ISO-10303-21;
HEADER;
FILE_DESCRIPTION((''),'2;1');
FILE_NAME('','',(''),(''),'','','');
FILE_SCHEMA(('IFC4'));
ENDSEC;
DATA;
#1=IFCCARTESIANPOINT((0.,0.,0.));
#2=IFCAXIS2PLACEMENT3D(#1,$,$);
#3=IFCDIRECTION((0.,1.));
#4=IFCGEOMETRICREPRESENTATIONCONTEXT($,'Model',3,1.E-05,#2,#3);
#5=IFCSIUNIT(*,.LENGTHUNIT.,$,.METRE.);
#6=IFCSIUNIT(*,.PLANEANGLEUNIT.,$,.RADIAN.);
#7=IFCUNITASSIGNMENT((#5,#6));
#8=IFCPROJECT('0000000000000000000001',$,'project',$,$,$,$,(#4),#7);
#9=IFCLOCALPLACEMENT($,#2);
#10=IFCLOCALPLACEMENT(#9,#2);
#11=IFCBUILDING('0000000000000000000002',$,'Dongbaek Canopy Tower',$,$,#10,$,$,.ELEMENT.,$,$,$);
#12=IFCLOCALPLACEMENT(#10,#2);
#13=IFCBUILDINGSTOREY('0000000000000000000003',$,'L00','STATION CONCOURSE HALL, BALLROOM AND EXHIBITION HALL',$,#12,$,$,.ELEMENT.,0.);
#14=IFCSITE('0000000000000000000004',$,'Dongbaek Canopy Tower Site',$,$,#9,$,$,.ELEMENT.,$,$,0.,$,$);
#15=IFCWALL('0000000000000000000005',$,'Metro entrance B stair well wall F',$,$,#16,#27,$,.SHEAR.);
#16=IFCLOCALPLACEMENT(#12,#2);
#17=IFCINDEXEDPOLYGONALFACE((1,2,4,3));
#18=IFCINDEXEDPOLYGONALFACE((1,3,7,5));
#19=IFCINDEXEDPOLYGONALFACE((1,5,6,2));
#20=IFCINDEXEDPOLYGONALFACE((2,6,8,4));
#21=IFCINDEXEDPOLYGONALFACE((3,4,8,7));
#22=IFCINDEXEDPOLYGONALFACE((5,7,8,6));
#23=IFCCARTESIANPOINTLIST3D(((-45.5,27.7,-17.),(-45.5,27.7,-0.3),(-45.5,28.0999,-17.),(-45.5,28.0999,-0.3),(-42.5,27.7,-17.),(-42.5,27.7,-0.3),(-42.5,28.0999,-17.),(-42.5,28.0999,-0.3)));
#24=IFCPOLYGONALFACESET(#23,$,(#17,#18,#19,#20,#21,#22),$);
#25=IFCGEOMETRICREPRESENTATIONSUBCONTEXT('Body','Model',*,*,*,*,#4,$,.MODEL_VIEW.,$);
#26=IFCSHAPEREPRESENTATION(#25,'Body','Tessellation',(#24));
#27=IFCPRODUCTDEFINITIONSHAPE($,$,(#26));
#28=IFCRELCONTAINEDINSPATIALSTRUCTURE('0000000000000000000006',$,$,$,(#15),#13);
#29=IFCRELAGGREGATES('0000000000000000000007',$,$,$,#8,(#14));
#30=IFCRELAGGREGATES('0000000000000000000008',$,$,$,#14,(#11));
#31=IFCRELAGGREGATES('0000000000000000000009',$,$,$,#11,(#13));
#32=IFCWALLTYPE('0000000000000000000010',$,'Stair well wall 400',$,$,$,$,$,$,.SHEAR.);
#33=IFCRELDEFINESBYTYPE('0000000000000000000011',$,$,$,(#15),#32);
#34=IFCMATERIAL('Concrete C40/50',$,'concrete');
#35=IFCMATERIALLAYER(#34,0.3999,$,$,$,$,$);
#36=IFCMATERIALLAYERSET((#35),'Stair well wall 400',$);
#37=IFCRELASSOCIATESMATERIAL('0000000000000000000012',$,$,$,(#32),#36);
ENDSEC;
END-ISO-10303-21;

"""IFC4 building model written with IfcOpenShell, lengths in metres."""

from ifc_helpers import new_model, si_unit, direction, frame, frame_2d, origin, place, context, subcontext, project, spatial, rectangle, extrude, material, layer, layer_set, type_object, element, save


model = new_model("IFC4")

# Units and contexts
model_context = context("Model", 3, precision=1e-05, world=origin(), true_north=direction((0.0, 1.0)))
body_context = subcontext(model_context, "Body", "Model", "MODEL_VIEW")
ifc_project = project(units=[si_unit("LENGTHUNIT", "METRE"), si_unit("PLANEANGLEUNIT", "RADIAN")], contexts=[model_context])

# Site, building, storey
site_placement = place(None, origin())
site = spatial("IfcSite", under=ifc_project, at=site_placement, Name="Dongbaek Canopy Tower Site", CompositionType="ELEMENT", RefElevation=0.0)
building_placement = place(site_placement, origin())
building = spatial("IfcBuilding", under=site, at=building_placement, Name="Dongbaek Canopy Tower", CompositionType="ELEMENT")
storey_placement = place(building_placement, origin())
storey = spatial("IfcBuildingStorey", under=building, at=storey_placement, Name="L00", Description="STATION CONCOURSE HALL, BALLROOM AND EXHIBITION HALL", CompositionType="ELEMENT", Elevation=0.0)

# Wall
ifc_material_1 = material(Name="Concrete C40/50", Category="concrete")
ifc_layer_1 = layer(ifc_material_1, 0.3999)
ifc_layer_set_1 = layer_set([ifc_layer_1], Name="Stair well wall 400")
wall_type_1 = type_object("IfcWallType", Name="Stair well wall 400", PredefinedType="SHEAR", material=ifc_layer_set_1)
wall_1_placement = place(storey_placement, frame((-45.5, 27.8999, -17.0), z_axis=(0.0, 0.0, 1.0), x_axis=(1.0, 0.0, 0.0)))
element("IfcWall", 1, at=wall_1_placement, inside=storey, type_object=wall_type_1, Name="Metro entrance B stair well wall F", PredefinedType="SHEAR", context=body_context, shape_type="SweptSolid", body=[
    extrude(rectangle(XDim=3.0, YDim=0.3999, at=frame_2d((1.5, 0.0))), origin(), (0.0, 0.0, 1.0), 16.7),
])

save(model, "model.ifc")
